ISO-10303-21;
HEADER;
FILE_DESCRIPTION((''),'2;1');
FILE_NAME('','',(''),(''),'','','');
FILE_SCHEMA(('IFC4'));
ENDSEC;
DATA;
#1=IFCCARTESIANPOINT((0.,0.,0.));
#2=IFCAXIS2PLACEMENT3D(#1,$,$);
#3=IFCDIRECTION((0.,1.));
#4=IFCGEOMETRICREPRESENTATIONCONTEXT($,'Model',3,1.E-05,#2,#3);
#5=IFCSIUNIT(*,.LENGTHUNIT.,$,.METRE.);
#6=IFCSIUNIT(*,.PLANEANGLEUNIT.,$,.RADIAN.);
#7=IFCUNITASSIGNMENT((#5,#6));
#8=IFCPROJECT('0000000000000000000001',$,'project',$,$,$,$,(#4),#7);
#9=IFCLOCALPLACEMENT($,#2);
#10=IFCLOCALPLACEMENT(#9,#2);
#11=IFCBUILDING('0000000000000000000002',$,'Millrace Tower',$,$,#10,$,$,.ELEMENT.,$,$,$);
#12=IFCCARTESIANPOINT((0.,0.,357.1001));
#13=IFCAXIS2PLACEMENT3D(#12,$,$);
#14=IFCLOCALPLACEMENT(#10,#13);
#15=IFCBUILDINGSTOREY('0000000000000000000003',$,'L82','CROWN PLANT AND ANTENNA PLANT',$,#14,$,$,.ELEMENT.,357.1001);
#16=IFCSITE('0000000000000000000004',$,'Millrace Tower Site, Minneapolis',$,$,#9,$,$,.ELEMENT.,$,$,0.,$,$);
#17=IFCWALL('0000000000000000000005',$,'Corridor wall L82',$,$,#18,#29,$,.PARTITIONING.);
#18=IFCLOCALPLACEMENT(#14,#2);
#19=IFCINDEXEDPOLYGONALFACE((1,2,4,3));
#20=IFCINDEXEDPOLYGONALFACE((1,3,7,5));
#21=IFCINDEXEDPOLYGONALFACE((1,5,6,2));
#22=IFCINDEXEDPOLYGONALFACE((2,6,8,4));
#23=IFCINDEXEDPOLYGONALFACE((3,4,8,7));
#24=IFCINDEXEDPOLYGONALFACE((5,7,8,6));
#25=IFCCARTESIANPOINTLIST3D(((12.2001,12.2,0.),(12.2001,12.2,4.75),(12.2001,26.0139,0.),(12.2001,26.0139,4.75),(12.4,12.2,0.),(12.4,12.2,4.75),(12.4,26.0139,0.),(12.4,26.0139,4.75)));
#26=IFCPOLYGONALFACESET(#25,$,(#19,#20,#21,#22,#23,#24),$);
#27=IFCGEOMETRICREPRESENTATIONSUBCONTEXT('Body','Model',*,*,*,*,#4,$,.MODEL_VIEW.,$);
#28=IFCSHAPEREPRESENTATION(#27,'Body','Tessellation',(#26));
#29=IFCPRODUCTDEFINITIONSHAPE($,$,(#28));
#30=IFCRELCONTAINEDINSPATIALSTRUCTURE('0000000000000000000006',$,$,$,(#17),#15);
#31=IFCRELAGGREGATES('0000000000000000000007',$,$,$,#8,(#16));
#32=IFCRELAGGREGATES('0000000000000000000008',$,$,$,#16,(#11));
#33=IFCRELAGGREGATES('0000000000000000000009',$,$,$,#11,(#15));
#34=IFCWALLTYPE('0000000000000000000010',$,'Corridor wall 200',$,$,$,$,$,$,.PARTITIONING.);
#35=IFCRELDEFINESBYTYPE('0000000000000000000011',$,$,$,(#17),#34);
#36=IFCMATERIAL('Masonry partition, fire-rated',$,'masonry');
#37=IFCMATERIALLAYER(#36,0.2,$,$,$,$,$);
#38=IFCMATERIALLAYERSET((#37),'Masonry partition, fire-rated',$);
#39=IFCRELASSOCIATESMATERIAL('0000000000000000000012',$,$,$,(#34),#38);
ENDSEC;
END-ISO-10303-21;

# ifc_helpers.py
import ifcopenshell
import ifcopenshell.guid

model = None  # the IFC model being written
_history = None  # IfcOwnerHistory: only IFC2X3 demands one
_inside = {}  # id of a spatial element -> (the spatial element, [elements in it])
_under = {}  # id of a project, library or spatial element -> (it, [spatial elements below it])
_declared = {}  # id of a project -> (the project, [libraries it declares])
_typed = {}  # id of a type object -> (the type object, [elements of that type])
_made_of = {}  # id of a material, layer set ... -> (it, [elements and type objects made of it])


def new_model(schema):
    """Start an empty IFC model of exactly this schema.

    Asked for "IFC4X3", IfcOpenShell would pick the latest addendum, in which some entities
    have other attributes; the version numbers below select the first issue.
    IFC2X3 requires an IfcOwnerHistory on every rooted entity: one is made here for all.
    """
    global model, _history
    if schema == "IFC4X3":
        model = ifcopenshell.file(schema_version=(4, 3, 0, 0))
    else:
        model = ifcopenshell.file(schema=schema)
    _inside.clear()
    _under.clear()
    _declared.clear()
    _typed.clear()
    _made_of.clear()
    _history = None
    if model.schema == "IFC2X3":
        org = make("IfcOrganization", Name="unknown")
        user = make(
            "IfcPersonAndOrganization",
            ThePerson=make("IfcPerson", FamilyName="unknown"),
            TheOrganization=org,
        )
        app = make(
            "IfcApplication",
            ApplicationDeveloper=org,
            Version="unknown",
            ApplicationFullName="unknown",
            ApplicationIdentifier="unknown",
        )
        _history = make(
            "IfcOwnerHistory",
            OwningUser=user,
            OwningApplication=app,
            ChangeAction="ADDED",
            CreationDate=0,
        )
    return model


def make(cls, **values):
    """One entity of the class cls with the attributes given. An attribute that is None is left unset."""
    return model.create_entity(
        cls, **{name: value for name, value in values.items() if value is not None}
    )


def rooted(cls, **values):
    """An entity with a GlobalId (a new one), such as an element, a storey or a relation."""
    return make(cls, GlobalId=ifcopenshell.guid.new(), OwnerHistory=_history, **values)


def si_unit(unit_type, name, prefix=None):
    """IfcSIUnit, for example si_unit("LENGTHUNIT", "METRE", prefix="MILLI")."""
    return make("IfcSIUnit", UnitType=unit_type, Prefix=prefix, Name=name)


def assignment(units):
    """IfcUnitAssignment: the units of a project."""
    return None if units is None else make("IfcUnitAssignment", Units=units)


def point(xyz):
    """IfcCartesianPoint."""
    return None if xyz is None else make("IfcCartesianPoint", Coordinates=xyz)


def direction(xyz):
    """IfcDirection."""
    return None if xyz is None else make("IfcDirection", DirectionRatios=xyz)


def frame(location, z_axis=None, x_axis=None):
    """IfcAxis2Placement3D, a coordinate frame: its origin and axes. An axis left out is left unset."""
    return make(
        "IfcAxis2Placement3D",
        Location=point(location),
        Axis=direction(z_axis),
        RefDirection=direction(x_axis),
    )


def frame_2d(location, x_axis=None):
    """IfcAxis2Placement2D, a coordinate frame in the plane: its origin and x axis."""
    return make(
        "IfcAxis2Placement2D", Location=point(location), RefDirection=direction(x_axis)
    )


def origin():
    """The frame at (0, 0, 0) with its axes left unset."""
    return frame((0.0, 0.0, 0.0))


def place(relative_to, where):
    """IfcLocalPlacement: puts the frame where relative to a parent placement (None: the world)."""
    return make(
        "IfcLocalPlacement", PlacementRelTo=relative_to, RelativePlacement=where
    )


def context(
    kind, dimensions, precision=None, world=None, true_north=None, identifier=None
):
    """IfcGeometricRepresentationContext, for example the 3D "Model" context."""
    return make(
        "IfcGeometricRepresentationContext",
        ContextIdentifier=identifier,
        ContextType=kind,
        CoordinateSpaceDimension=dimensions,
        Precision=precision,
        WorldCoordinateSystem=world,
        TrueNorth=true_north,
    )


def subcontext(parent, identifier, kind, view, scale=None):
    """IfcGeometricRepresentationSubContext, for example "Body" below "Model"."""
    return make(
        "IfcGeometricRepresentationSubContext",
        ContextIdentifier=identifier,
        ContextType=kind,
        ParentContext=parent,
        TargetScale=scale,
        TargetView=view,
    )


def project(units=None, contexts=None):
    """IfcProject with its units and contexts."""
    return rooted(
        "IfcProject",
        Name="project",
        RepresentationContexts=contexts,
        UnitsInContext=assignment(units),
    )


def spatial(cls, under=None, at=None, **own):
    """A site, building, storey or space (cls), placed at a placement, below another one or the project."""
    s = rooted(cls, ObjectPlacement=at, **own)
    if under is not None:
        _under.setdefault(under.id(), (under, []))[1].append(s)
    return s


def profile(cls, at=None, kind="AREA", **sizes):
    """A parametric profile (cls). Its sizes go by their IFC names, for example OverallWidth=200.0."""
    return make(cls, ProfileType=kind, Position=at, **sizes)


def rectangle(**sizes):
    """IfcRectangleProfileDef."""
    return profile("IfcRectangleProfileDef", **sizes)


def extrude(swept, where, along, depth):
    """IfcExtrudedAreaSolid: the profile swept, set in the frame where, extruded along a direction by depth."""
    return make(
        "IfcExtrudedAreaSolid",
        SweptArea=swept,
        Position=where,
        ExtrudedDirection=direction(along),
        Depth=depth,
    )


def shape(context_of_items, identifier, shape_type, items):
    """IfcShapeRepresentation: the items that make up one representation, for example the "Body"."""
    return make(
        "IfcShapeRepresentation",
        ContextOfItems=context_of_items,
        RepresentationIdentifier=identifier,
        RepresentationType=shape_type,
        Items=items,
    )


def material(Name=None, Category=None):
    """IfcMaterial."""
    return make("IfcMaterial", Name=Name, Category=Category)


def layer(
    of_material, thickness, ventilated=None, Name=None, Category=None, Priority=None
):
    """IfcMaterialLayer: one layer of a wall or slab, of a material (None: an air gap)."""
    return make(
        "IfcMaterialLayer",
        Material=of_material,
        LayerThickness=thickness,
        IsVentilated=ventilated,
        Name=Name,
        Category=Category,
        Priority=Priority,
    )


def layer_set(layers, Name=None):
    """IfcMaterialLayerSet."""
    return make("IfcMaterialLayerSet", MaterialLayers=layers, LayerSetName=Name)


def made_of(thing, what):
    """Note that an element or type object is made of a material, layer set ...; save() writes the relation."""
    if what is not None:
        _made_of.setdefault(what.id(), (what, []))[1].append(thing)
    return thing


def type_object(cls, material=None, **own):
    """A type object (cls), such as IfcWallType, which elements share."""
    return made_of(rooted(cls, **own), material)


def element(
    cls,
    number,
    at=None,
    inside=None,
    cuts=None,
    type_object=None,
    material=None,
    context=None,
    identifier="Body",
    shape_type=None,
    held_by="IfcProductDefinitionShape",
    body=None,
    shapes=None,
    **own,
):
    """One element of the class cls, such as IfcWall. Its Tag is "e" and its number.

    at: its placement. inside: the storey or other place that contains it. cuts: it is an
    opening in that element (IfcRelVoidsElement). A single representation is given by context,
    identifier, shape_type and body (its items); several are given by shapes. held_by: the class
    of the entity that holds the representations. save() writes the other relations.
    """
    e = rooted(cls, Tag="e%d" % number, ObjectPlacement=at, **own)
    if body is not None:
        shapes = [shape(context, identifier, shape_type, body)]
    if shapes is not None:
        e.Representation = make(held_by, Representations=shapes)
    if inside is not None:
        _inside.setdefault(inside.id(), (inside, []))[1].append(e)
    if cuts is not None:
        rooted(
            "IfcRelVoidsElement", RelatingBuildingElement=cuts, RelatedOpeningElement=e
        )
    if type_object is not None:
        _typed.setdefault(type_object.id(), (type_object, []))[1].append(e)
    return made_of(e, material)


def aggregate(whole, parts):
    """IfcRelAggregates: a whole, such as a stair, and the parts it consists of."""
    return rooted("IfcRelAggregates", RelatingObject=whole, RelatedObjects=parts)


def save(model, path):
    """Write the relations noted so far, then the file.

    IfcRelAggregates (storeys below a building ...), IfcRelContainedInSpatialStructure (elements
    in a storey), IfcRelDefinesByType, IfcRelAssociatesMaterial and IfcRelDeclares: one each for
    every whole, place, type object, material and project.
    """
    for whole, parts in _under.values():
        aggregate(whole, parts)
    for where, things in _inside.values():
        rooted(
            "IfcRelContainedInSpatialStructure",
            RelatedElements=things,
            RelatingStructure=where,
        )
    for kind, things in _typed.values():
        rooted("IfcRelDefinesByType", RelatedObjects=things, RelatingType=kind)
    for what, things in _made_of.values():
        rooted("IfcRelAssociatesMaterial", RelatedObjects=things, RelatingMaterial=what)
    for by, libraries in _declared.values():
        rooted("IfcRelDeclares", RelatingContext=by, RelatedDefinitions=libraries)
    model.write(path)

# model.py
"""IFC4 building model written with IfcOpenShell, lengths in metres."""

from ifc_helpers import new_model, si_unit, direction, frame, frame_2d, origin, place, context, subcontext, project, spatial, rectangle, extrude, material, layer, layer_set, type_object, element, save


model = new_model("IFC4")

# Units and contexts
model_context = context("Model", 3, precision=1e-05, world=origin(), true_north=direction((0.0, 1.0)))
body_context = subcontext(model_context, "Body", "Model", "MODEL_VIEW")
ifc_project = project(units=[si_unit("LENGTHUNIT", "METRE"), si_unit("PLANEANGLEUNIT", "RADIAN")], contexts=[model_context])

# Site, building, storey
site_placement = place(None, origin())
site = spatial("IfcSite", under=ifc_project, at=site_placement, Name="Millrace Tower Site, Minneapolis", CompositionType="ELEMENT", RefElevation=0.0)
building_placement = place(site_placement, origin())
building = spatial("IfcBuilding", under=site, at=building_placement, Name="Millrace Tower", CompositionType="ELEMENT")
storey_placement = place(building_placement, frame((0.0, 0.0, 357.1001)))
storey = spatial("IfcBuildingStorey", under=building, at=storey_placement, Name="L82", Description="CROWN PLANT AND ANTENNA PLANT", CompositionType="ELEMENT", Elevation=357.1001)

# Wall
ifc_material_1 = material(Name="Masonry partition, fire-rated", Category="masonry")
ifc_layer_1 = layer(ifc_material_1, 0.2)
ifc_layer_set_1 = layer_set([ifc_layer_1], Name="Masonry partition, fire-rated")
wall_type = type_object("IfcWallType", Name="Corridor wall 200", PredefinedType="PARTITIONING", material=ifc_layer_set_1)
wall_placement = place(storey_placement, frame((12.3, 12.2, 0.0), z_axis=(0.0, 0.0, 1.0), x_axis=(0.0, 1.0, 0.0)))
element("IfcWall", 1, at=wall_placement, inside=storey, type_object=wall_type, Name="Corridor wall L82", PredefinedType="PARTITIONING", context=body_context, shape_type="SweptSolid", body=[
    extrude(rectangle(XDim=13.814, YDim=0.2, at=frame_2d((6.907, 0.0))), origin(), (0.0, 0.0, 1.0), 4.75),
])

save(model, "model.ifc")
